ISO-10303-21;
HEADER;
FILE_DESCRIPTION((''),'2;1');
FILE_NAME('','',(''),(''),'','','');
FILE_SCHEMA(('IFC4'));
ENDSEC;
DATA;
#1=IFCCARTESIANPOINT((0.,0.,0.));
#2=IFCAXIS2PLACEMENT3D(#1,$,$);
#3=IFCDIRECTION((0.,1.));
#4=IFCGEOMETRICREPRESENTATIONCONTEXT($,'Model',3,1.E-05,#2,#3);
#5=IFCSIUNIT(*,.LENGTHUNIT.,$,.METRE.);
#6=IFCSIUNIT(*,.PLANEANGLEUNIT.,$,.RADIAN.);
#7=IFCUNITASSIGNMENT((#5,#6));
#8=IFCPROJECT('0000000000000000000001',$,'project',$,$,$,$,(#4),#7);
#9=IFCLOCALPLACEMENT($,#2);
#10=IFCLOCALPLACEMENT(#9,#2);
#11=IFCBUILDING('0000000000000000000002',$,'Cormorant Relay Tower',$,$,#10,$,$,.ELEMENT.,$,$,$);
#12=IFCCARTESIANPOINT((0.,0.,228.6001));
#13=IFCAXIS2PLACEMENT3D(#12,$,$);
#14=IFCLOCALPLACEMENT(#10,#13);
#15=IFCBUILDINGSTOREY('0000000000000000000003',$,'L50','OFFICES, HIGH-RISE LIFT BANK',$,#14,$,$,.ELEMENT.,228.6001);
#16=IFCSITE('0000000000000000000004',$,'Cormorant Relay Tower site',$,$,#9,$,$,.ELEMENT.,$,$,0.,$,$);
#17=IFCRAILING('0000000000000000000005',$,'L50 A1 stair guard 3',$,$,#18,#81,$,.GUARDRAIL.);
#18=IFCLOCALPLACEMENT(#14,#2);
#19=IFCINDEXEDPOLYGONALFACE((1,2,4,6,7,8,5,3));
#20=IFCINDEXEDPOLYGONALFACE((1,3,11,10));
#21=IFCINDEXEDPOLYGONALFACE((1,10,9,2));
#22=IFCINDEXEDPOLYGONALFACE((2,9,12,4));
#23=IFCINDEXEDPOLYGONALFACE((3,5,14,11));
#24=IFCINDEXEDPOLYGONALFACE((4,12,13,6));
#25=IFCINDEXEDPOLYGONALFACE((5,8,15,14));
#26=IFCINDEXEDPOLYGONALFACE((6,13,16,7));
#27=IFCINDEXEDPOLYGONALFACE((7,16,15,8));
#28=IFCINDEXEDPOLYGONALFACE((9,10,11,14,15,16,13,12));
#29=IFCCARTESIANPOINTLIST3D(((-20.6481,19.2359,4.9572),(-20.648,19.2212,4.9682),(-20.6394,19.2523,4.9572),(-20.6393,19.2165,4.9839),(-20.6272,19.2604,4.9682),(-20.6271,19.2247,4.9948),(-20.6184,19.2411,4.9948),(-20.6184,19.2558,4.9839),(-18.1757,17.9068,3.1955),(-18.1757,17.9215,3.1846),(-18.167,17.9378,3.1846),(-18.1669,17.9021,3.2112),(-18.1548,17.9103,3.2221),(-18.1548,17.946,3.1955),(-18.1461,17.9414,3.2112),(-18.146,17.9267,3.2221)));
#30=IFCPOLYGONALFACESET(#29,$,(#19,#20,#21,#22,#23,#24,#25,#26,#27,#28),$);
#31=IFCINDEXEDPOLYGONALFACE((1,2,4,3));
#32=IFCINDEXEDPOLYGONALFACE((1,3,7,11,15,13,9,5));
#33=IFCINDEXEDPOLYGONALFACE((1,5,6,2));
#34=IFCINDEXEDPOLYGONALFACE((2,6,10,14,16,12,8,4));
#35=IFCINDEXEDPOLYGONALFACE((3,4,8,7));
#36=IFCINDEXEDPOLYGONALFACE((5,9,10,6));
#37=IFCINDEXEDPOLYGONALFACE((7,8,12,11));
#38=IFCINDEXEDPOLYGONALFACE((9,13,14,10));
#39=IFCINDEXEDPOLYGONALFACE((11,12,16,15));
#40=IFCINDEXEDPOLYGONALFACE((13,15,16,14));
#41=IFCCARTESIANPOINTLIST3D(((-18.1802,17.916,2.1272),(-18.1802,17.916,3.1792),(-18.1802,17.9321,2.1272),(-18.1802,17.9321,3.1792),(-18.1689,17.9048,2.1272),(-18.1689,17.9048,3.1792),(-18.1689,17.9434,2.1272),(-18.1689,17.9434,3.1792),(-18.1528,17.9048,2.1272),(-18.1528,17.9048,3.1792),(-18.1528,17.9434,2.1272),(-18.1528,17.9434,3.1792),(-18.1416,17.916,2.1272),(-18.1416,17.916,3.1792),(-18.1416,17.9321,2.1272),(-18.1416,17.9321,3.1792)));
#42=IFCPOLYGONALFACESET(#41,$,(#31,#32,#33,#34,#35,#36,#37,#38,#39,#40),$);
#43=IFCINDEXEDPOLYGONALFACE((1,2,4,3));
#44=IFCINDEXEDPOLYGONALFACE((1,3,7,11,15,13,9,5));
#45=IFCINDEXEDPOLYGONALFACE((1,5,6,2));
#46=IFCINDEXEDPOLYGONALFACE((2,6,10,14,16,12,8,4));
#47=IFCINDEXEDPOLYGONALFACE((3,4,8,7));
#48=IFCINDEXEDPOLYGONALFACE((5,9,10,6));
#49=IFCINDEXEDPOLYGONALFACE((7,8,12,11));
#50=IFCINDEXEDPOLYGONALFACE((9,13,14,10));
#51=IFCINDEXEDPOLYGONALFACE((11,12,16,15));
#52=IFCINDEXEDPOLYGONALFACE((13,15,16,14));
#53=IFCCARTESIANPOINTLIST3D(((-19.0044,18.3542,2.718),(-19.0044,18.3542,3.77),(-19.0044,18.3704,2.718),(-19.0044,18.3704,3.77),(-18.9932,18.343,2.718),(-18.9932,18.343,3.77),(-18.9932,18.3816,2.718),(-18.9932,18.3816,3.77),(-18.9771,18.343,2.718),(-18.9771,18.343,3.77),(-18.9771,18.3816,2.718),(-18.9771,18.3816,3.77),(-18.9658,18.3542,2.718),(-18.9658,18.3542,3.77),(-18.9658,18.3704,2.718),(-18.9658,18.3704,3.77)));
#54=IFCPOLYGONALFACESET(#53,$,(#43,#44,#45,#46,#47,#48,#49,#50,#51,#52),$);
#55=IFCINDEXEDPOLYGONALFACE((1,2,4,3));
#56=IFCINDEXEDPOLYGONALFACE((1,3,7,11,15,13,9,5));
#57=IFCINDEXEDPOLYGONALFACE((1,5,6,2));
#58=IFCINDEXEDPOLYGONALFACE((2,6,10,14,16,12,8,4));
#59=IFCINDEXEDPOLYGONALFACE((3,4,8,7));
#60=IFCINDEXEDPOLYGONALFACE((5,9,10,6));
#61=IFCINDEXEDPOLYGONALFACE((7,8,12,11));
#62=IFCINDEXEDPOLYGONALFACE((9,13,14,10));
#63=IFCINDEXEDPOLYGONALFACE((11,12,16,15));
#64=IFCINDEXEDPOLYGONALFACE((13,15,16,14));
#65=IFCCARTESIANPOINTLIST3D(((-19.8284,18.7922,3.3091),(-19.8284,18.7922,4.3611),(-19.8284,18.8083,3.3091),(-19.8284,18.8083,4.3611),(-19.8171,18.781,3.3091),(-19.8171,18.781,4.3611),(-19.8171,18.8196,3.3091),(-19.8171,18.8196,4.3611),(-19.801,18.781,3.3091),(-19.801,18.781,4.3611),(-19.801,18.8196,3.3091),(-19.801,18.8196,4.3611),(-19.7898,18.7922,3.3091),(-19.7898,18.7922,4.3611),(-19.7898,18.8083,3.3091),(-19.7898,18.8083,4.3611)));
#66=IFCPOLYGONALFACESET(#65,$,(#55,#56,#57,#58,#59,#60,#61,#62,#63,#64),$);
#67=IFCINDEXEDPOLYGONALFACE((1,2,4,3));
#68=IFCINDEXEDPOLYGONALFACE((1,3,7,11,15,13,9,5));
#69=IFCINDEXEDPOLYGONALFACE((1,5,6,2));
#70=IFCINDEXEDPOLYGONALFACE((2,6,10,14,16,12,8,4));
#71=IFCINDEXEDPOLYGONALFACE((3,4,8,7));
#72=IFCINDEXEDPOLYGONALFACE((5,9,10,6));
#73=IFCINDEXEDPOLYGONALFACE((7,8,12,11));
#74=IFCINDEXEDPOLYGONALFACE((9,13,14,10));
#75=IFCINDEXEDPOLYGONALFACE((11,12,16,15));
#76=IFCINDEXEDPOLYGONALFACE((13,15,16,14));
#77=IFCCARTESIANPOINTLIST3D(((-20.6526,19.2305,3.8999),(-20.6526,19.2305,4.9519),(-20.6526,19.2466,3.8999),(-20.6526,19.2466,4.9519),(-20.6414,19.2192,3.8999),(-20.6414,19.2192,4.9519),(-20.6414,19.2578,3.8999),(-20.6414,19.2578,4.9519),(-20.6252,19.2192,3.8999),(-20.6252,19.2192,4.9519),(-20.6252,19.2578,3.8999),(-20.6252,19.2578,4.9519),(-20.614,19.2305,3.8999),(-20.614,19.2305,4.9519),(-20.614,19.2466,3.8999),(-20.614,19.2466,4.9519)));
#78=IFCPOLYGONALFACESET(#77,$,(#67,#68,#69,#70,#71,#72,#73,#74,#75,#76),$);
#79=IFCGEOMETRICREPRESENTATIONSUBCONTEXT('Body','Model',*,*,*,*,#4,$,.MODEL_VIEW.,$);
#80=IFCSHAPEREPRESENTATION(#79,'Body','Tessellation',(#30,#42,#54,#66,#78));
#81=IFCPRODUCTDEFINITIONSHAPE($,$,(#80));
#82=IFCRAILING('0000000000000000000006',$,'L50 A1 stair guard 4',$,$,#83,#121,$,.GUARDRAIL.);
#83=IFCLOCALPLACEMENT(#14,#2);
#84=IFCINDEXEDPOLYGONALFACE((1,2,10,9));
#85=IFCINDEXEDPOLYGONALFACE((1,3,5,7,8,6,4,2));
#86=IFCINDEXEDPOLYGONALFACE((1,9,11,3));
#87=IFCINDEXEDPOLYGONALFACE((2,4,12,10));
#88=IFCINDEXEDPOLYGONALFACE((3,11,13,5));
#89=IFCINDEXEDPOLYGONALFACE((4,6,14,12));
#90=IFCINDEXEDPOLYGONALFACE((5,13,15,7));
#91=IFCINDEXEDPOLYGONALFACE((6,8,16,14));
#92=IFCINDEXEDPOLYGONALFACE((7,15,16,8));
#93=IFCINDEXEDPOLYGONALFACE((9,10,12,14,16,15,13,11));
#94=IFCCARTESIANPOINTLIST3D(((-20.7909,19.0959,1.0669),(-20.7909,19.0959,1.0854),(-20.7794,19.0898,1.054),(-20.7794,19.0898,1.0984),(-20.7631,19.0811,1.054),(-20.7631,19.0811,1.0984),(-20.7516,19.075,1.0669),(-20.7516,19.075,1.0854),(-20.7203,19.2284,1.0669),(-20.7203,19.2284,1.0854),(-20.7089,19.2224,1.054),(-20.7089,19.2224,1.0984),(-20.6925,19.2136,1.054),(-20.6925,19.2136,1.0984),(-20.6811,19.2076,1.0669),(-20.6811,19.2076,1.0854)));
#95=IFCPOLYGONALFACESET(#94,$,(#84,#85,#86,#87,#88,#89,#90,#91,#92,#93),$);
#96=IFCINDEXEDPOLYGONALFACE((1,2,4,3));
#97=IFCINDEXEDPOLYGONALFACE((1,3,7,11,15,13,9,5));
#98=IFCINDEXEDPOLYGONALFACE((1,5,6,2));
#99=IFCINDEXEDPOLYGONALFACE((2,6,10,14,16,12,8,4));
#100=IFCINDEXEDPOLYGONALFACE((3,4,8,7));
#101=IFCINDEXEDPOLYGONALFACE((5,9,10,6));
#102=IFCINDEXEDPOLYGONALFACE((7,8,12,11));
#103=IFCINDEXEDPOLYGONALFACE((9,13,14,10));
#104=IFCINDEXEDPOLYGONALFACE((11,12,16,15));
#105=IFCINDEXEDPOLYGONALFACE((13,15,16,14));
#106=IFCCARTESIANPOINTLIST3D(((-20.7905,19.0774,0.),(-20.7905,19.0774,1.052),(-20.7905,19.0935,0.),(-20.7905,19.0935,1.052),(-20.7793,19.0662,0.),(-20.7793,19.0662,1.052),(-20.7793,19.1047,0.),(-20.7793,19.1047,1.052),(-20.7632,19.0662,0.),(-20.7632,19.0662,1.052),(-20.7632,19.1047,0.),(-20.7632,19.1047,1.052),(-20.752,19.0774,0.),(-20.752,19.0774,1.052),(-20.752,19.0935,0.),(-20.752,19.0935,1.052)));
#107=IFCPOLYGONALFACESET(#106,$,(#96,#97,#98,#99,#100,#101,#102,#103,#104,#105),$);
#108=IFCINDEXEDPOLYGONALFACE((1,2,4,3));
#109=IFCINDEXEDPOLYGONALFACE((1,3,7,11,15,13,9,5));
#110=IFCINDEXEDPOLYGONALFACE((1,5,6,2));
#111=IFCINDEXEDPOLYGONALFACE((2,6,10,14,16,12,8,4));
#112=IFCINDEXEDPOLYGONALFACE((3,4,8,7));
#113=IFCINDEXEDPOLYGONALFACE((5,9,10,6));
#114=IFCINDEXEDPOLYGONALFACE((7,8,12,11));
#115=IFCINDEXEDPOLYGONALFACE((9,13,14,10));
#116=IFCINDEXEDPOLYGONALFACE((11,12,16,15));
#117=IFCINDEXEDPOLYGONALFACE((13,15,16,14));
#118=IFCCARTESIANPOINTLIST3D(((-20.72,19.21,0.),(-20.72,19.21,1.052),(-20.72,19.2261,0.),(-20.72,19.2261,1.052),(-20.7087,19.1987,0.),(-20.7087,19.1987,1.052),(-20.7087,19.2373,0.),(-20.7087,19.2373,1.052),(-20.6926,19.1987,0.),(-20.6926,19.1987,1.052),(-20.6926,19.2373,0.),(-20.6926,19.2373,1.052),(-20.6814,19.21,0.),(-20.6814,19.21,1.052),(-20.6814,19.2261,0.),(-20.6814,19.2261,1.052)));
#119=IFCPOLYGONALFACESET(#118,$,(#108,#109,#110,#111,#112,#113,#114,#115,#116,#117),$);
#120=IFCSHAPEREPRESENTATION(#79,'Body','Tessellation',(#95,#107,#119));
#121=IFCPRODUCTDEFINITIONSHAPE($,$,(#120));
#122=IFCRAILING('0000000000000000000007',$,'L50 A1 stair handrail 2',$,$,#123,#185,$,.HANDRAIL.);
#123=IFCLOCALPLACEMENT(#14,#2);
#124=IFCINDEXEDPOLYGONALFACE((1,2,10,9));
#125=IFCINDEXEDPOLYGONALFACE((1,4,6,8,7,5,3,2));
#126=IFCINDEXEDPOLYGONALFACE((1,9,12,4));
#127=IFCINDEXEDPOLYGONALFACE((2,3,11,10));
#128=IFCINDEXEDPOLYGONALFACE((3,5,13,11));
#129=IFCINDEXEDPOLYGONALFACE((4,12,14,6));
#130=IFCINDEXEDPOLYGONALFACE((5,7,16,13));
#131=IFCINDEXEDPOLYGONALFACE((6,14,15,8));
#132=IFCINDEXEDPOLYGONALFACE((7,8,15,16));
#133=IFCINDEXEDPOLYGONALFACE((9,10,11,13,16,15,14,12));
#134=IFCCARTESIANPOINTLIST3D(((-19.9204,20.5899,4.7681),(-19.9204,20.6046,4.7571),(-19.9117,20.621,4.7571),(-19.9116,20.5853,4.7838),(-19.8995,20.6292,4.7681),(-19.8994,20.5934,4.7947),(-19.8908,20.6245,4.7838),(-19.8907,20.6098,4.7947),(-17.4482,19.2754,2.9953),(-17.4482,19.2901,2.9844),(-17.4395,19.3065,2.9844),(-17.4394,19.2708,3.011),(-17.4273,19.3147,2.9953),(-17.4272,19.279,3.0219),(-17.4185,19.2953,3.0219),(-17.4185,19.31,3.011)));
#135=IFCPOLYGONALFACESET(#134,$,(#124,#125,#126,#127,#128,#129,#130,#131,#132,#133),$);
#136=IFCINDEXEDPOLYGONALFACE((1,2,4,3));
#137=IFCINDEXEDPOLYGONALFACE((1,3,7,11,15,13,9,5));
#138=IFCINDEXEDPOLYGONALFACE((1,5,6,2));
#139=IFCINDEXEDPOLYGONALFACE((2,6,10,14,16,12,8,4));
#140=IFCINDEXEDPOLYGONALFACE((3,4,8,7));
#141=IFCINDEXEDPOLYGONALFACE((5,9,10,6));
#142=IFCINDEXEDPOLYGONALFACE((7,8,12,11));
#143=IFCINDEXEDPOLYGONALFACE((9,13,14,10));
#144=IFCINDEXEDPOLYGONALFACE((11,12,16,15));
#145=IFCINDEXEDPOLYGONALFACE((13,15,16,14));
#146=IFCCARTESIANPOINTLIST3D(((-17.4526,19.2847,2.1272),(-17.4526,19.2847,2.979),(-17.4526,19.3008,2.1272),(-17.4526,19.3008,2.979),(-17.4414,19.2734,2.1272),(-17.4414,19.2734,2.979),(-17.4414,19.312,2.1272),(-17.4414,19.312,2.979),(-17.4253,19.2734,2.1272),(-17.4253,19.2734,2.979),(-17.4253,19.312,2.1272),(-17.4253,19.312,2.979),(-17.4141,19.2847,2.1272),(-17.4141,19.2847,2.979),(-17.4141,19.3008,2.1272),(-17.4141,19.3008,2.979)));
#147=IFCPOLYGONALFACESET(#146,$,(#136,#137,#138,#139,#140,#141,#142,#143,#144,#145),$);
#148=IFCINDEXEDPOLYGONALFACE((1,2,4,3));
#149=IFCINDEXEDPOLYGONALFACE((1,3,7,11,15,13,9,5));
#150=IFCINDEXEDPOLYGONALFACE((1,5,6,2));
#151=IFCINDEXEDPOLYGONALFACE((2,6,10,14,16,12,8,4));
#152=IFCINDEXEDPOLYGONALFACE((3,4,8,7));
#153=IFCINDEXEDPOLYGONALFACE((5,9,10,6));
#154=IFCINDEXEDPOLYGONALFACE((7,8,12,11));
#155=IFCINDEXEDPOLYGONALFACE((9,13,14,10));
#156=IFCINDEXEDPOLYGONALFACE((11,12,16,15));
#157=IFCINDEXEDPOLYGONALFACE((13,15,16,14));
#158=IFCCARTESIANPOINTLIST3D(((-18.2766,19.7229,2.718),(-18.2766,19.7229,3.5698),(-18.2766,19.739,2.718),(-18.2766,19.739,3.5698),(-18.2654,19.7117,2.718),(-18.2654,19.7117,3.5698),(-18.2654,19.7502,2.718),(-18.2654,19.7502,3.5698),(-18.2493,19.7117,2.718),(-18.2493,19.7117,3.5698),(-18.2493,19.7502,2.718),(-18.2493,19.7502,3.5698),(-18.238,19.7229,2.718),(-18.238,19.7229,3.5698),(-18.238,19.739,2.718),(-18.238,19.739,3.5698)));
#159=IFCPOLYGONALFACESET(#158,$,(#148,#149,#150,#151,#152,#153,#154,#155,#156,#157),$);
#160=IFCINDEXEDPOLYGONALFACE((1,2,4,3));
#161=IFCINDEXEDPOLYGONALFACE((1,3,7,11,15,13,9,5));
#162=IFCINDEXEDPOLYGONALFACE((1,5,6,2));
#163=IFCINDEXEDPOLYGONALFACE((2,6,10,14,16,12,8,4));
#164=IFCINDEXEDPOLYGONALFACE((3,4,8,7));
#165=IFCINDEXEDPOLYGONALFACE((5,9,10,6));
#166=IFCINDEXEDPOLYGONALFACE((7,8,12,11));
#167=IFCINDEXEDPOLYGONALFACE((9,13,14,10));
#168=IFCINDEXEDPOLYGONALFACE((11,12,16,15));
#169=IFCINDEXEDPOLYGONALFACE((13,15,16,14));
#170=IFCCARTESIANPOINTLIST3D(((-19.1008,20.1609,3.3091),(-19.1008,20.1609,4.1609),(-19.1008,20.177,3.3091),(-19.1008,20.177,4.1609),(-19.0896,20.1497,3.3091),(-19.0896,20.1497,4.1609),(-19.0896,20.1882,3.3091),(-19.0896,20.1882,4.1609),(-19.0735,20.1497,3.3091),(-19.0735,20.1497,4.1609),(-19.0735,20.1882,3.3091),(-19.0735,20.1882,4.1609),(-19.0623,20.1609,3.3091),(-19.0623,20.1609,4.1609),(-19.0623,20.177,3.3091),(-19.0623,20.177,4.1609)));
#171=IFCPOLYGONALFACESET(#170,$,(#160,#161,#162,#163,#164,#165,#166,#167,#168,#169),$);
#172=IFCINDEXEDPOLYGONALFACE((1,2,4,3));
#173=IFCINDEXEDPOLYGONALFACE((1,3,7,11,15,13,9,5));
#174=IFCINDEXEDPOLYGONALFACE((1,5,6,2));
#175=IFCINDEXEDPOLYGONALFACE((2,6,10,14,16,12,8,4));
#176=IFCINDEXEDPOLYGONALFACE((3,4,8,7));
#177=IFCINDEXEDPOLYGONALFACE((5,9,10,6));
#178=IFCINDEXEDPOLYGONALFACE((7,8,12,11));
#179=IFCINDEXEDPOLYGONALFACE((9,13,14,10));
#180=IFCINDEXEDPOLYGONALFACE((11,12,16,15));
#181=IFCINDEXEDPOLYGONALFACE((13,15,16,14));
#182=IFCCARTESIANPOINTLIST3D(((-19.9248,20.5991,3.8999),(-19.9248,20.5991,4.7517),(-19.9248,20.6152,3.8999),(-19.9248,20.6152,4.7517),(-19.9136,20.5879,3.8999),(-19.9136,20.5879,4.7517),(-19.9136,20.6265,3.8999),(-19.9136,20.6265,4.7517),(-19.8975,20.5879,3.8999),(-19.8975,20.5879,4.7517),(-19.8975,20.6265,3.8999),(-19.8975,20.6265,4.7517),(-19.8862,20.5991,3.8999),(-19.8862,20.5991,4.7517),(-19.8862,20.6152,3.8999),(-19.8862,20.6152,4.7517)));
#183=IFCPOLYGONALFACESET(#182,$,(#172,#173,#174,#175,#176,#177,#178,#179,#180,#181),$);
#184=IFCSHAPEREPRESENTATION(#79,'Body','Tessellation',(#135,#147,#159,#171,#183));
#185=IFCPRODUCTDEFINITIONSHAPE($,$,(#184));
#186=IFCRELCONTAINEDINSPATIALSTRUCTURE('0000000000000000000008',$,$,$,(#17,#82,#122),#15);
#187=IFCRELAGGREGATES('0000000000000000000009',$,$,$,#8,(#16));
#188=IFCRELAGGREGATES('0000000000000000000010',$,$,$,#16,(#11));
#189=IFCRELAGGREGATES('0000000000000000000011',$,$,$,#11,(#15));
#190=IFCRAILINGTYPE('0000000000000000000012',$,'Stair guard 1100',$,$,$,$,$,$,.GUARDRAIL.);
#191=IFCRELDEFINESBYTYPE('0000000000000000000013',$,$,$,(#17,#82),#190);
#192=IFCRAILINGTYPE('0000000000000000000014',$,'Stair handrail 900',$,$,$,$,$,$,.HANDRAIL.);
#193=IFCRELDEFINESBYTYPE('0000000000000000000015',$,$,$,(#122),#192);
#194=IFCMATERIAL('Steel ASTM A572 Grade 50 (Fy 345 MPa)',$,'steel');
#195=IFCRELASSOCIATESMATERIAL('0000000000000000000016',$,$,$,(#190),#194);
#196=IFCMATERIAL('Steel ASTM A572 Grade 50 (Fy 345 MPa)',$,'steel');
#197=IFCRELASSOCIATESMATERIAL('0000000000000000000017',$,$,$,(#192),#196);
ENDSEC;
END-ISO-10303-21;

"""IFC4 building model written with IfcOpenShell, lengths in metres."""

from ifc_helpers import new_model, si_unit, direction, frame, origin, place, context, subcontext, project, spatial, polyline, outline, extrude, material, type_object, element, save


model = new_model("IFC4")

# Units and contexts
model_context = context("Model", 3, precision=1e-05, world=origin(), true_north=direction((0.0, 1.0)))
body_context = subcontext(model_context, "Body", "Model", "MODEL_VIEW")
ifc_project = project(units=[si_unit("LENGTHUNIT", "METRE"), si_unit("PLANEANGLEUNIT", "RADIAN")], contexts=[model_context])

# Site, building, storey
site_placement = place(None, origin())
site = spatial("IfcSite", under=ifc_project, at=site_placement, Name="Cormorant Relay Tower site", CompositionType="ELEMENT", RefElevation=0.0)
building_placement = place(site_placement, origin())
building = spatial("IfcBuilding", under=site, at=building_placement, Name="Cormorant Relay Tower", CompositionType="ELEMENT")
storey_placement = place(building_placement, frame((0.0, 0.0, 228.6001)))
storey = spatial("IfcBuildingStorey", under=building, at=storey_placement, Name="L50", Description="OFFICES, HIGH-RISE LIFT BANK", CompositionType="ELEMENT", Elevation=228.6001)

# Railings
ifc_material_1 = material(Name="Steel ASTM A572 Grade 50 (Fy 345 MPa)", Category="steel")
railing_type_1 = type_object("IfcRailingType", Name="Stair guard 1100", PredefinedType="GUARDRAIL", material=ifc_material_1)
railing_1_placement = place(storey_placement, frame((-18.1609, 17.9241, 2.1272)))
element("IfcRailing", 1, at=railing_1_placement, inside=storey, type_object=railing_type_1, Name="L50 A1 stair guard 3", PredefinedType="GUARDRAIL", context=body_context, shape_type="SweptSolid", body=[
    extrude(outline(polyline([(0.0222, 0.0093), (0.0093, 0.0222), (-0.0093, 0.0222), (-0.0222, 0.0093), (-0.0222, -0.0093), (-0.0093, -0.0222), (0.0093, -0.0222), (0.0222, -0.0093), (0.0222, 0.0093)])), frame((0.0, 0.0, 1.0762), z_axis=(-0.746034, 0.396627, 0.534902), x_axis=(-0.469429, -0.88297, 0.0)), (0.0, 0.0, 1.0), 3.314),
    extrude(outline(polyline([(0.0193, 0.0081), (0.0081, 0.0193), (-0.0081, 0.0193), (-0.0193, 0.0081), (-0.0193, -0.0081), (-0.0081, -0.0193), (0.0081, -0.0193), (0.0193, -0.0081), (0.0193, 0.0081)])), origin(), (0.0, 0.0, 1.0), 1.052),
    extrude(outline(polyline([(0.0193, 0.0081), (0.0081, 0.0193), (-0.0081, 0.0193), (-0.0193, 0.0081), (-0.0193, -0.0081), (-0.0081, -0.0193), (0.0081, -0.0193), (0.0193, -0.0081), (0.0193, 0.0081)])), frame((-0.8242, 0.4382, 0.5908)), (0.0, 0.0, 1.0), 1.052),
    extrude(outline(polyline([(0.0193, 0.0081), (0.0081, 0.0193), (-0.0081, 0.0193), (-0.0193, 0.0081), (-0.0193, -0.0081), (-0.0081, -0.0193), (0.0081, -0.0193), (0.0193, -0.0081), (0.0193, 0.0081)])), frame((-1.6482, 0.8762, 1.1819)), (0.0, 0.0, 1.0), 1.052),
    extrude(outline(polyline([(0.0193, 0.0081), (0.0081, 0.0193), (-0.0081, 0.0193), (-0.0193, 0.0081), (-0.0193, -0.0081), (-0.0081, -0.0193), (0.0081, -0.0193), (0.0193, -0.0081), (0.0193, 0.0081)])), frame((-2.4724, 1.3145, 1.7727)), (0.0, 0.0, 1.0), 1.052),
])
railing_2_placement = place(storey_placement, frame((-20.7712, 19.0854, 0.0)))
element("IfcRailing", 2, at=railing_2_placement, inside=storey, type_object=railing_type_1, Name="L50 A1 stair guard 4", PredefinedType="GUARDRAIL", context=body_context, shape_type="SweptSolid", body=[
    extrude(outline(polyline([(0.0222, 0.0093), (0.0093, 0.0222), (-0.0093, 0.0222), (-0.0222, 0.0093), (-0.0222, -0.0093), (-0.0093, -0.0222), (0.0093, -0.0222), (0.0222, -0.0093), (0.0222, 0.0093)])), frame((0.0, 0.0, 1.0762), z_axis=(0.469829, 0.882758, 0.0), x_axis=(-0.882758, 0.469829, 0.0)), (0.0, 0.0, 1.0), 0.1501),
    extrude(outline(polyline([(0.0193, 0.0081), (0.0081, 0.0193), (-0.0081, 0.0193), (-0.0193, 0.0081), (-0.0193, -0.0081), (-0.0081, -0.0193), (0.0081, -0.0193), (0.0193, -0.0081), (0.0193, 0.0081)])), origin(), (0.0, 0.0, 1.0), 1.052),
    extrude(outline(polyline([(0.0193, 0.0081), (0.0081, 0.0193), (-0.0081, 0.0193), (-0.0193, 0.0081), (-0.0193, -0.0081), (-0.0081, -0.0193), (0.0081, -0.0193), (0.0193, -0.0081), (0.0193, 0.0081)])), frame((0.0706, 0.1326, 0.0)), (0.0, 0.0, 1.0), 1.052),
])
ifc_material_2 = material(Name="Steel ASTM A572 Grade 50 (Fy 345 MPa)", Category="steel")
railing_type_2 = type_object("IfcRailingType", Name="Stair handrail 900", PredefinedType="HANDRAIL", material=ifc_material_2)
railing_3_placement = place(storey_placement, frame((-17.4333, 19.2927, 2.1272)))
element("IfcRailing", 3, at=railing_3_placement, inside=storey, type_object=railing_type_2, Name="L50 A1 stair handrail 2", PredefinedType="HANDRAIL", context=body_context, shape_type="SweptSolid", body=[
    extrude(outline(polyline([(0.0222, 0.0093), (0.0093, 0.0222), (-0.0093, 0.0222), (-0.0222, 0.0093), (-0.0222, -0.0093), (-0.0093, -0.0222), (0.0093, -0.0222), (0.0222, -0.0093), (0.0222, 0.0093)])), frame((0.0, 0.0, 0.876), z_axis=(-0.746001, 0.396649, 0.534931), x_axis=(-0.469465, -0.882951, 0.0)), (0.0, 0.0, 1.0), 3.314),
    extrude(outline(polyline([(0.0193, 0.0081), (0.0081, 0.0193), (-0.0081, 0.0193), (-0.0193, 0.0081), (-0.0193, -0.0081), (-0.0081, -0.0193), (0.0081, -0.0193), (0.0193, -0.0081), (0.0193, 0.0081)])), origin(), (0.0, 0.0, 1.0), 0.8518),
    extrude(outline(polyline([(0.0193, 0.0081), (0.0081, 0.0193), (-0.0081, 0.0193), (-0.0193, 0.0081), (-0.0193, -0.0081), (-0.0081, -0.0193), (0.0081, -0.0193), (0.0193, -0.0081), (0.0193, 0.0081)])), frame((-0.824, 0.4382, 0.5908)), (0.0, 0.0, 1.0), 0.8518),
    extrude(outline(polyline([(0.0193, 0.0081), (0.0081, 0.0193), (-0.0081, 0.0193), (-0.0193, 0.0081), (-0.0193, -0.0081), (-0.0081, -0.0193), (0.0081, -0.0193), (0.0193, -0.0081), (0.0193, 0.0081)])), frame((-1.6482, 0.8762, 1.1819)), (0.0, 0.0, 1.0), 0.8518),
    extrude(outline(polyline([(0.0193, 0.0081), (0.0081, 0.0193), (-0.0081, 0.0193), (-0.0193, 0.0081), (-0.0193, -0.0081), (-0.0081, -0.0193), (0.0081, -0.0193), (0.0193, -0.0081), (0.0193, 0.0081)])), frame((-2.4722, 1.3145, 1.7727)), (0.0, 0.0, 1.0), 0.8518),
])

save(model, "model.ifc")
